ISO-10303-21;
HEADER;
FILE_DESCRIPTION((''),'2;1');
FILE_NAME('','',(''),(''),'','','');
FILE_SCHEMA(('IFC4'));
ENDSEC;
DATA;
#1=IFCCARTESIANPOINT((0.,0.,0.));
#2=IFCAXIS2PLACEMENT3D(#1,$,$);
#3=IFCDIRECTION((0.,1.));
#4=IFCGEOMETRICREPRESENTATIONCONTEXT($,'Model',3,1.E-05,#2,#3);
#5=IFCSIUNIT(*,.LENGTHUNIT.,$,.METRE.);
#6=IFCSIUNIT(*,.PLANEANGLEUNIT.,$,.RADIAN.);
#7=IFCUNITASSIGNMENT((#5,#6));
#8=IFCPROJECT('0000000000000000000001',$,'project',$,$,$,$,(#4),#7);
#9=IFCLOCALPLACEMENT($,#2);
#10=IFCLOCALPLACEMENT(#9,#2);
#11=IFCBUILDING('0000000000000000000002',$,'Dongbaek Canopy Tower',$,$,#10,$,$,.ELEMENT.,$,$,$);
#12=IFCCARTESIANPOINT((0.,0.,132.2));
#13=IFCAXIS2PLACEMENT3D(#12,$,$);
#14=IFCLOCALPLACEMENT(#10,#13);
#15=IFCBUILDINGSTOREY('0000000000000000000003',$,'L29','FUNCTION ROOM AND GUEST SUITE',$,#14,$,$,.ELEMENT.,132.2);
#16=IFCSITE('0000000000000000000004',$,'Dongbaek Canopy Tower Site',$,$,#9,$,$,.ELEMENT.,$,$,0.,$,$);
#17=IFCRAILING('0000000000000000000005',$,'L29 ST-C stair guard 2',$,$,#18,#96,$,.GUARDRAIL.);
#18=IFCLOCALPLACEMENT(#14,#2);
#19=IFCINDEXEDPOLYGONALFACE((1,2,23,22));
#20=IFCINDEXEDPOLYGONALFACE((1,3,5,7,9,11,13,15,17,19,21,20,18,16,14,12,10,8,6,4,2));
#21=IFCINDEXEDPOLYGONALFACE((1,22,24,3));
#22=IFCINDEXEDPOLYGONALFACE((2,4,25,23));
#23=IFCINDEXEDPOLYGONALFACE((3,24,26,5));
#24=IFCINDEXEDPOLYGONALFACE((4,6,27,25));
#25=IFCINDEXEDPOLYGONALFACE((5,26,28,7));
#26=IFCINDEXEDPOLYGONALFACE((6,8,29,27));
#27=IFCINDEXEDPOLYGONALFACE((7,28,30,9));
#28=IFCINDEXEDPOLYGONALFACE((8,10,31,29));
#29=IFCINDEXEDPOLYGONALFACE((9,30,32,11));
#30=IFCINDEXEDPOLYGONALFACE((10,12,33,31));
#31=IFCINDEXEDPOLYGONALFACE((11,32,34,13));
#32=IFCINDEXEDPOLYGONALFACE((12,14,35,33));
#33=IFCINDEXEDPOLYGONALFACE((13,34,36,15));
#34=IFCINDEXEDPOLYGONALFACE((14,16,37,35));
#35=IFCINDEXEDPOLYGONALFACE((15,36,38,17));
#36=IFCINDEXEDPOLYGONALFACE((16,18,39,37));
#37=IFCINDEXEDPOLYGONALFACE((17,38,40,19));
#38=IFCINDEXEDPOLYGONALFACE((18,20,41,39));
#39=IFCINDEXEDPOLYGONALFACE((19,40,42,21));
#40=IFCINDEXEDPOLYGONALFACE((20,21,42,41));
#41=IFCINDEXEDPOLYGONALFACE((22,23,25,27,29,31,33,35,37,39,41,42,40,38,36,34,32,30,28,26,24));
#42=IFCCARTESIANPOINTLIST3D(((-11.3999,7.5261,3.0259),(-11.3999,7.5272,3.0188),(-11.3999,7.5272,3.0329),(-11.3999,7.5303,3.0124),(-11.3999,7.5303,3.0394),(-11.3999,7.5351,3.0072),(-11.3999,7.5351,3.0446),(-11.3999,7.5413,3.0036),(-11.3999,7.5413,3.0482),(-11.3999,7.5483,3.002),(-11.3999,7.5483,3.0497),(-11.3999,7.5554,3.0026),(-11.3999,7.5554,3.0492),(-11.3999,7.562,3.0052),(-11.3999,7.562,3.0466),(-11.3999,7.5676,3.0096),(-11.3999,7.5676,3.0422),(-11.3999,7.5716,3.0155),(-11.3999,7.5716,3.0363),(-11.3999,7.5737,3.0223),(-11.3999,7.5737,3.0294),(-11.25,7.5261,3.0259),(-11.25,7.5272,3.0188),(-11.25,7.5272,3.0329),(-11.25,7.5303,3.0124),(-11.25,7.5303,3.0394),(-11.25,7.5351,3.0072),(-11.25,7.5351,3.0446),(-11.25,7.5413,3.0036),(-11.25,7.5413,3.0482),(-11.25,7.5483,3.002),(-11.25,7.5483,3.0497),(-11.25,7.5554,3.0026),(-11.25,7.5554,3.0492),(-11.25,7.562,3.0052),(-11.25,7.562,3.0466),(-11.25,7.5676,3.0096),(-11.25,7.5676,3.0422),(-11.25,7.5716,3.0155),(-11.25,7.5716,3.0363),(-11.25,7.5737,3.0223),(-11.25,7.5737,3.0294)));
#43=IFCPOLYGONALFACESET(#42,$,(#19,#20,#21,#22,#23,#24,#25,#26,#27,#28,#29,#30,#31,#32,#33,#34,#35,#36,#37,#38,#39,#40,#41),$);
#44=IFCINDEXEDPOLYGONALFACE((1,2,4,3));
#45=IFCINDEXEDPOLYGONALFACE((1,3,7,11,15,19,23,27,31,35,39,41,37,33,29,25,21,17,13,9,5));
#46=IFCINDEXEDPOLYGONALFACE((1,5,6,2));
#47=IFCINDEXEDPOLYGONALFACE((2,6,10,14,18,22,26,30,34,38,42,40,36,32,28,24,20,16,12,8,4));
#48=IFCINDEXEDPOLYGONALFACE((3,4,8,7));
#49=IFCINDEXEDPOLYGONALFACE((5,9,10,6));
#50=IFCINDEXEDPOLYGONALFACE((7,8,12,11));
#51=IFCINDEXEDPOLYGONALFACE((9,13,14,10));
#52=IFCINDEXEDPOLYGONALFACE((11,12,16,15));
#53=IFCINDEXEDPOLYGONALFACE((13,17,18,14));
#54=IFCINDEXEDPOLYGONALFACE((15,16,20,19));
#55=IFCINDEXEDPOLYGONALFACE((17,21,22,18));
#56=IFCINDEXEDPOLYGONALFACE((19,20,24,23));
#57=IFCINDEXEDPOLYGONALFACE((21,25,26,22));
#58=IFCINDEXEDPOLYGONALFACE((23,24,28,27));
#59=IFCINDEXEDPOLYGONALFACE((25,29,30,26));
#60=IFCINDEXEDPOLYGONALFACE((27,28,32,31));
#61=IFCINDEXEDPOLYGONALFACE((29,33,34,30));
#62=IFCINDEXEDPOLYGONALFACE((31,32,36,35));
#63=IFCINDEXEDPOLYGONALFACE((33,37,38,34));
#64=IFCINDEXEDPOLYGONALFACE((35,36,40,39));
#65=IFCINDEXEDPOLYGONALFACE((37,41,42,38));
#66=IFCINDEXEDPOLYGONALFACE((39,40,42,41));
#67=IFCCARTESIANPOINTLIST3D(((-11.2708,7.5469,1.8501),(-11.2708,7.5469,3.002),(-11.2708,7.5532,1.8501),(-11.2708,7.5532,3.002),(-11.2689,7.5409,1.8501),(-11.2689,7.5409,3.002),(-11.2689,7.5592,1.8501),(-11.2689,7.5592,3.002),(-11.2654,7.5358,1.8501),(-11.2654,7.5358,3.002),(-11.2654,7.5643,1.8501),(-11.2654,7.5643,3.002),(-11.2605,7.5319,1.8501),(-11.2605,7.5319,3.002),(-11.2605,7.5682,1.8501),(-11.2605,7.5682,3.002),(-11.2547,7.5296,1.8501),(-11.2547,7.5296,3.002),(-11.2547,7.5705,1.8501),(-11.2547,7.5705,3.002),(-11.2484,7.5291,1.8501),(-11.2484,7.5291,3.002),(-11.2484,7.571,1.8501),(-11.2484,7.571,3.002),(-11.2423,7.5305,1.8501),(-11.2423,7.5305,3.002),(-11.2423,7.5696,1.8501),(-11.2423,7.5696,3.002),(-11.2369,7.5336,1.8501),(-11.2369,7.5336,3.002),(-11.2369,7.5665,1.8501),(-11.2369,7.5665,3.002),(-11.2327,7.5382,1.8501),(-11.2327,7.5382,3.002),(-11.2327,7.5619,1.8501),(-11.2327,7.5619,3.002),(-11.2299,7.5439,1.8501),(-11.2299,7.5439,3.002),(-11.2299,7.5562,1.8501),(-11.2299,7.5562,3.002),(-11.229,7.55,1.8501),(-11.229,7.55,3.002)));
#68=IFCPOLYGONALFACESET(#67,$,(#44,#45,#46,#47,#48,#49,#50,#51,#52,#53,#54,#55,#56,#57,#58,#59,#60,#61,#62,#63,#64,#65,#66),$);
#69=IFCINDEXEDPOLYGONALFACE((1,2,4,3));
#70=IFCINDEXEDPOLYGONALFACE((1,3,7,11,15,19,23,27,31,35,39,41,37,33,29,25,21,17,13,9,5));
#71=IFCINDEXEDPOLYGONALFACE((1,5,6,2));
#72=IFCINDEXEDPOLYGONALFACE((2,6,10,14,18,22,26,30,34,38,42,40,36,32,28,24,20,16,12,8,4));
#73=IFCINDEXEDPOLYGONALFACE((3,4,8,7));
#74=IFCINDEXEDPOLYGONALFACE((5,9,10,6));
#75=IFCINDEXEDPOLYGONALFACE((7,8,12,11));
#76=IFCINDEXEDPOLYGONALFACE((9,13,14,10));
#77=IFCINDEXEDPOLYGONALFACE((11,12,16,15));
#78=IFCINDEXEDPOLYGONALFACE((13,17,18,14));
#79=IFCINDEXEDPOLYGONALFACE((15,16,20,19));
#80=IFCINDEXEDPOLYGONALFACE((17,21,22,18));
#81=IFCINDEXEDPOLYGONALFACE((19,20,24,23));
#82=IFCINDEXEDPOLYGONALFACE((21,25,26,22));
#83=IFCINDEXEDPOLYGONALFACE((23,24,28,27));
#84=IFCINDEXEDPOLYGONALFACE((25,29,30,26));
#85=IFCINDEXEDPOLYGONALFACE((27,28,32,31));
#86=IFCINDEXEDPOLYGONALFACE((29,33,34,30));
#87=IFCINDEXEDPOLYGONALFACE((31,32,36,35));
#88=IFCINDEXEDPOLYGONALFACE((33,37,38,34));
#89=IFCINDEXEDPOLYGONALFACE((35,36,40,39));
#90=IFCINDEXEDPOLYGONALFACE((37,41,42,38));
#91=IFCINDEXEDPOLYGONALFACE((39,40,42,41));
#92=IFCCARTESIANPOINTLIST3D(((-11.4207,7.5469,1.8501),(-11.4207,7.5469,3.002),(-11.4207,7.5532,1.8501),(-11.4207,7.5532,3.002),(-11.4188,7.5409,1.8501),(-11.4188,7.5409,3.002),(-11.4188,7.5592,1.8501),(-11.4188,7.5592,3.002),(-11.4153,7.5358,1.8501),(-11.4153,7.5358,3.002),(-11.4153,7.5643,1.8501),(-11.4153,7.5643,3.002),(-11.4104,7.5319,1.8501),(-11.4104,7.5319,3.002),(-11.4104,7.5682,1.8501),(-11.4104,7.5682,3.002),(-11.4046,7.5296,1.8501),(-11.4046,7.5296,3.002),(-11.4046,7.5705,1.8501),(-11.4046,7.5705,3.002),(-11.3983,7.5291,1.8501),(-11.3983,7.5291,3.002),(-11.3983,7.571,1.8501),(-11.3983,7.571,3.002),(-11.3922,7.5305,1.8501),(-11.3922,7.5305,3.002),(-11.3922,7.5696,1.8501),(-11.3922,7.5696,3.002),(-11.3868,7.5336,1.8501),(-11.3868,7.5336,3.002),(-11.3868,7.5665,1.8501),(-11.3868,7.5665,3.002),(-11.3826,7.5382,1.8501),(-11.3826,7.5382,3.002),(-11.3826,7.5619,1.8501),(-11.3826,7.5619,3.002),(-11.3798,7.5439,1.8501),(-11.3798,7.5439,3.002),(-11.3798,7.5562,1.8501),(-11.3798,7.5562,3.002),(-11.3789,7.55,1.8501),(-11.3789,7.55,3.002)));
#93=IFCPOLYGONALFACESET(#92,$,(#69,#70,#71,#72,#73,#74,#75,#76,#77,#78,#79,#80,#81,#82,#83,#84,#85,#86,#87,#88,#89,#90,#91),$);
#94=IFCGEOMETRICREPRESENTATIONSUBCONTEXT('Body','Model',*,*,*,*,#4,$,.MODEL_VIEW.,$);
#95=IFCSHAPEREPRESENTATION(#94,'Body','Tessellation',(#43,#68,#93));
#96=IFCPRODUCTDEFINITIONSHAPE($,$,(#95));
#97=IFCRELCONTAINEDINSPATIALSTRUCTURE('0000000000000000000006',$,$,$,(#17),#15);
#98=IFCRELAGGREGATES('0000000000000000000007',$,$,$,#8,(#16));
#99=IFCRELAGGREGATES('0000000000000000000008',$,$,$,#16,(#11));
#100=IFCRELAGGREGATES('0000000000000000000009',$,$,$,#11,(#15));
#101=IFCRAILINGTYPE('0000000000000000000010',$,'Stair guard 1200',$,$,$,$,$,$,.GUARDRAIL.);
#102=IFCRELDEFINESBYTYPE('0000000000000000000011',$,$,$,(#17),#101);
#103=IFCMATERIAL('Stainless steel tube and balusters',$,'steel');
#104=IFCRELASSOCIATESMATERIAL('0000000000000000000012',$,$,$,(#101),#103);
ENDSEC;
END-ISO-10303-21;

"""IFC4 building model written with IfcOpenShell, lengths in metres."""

from ifc_helpers import new_model, si_unit, direction, frame, origin, origin_2d, place, context, subcontext, project, spatial, circle, extrude, material, type_object, element, save


model = new_model("IFC4")

# Units and contexts
model_context = context("Model", 3, precision=1e-05, world=origin(), true_north=direction((0.0, 1.0)))
body_context = subcontext(model_context, "Body", "Model", "MODEL_VIEW")
ifc_project = project(units=[si_unit("LENGTHUNIT", "METRE"), si_unit("PLANEANGLEUNIT", "RADIAN")], contexts=[model_context])

# Site, building, storey
site_placement = place(None, origin())
site = spatial("IfcSite", under=ifc_project, at=site_placement, Name="Dongbaek Canopy Tower Site", CompositionType="ELEMENT", RefElevation=0.0)
building_placement = place(site_placement, origin())
building = spatial("IfcBuilding", under=site, at=building_placement, Name="Dongbaek Canopy Tower", CompositionType="ELEMENT")
storey_placement = place(building_placement, frame((0.0, 0.0, 132.2)))
storey = spatial("IfcBuildingStorey", under=building, at=storey_placement, Name="L29", Description="FUNCTION ROOM AND GUEST SUITE", CompositionType="ELEMENT", Elevation=132.2)

# Railing
ifc_material_1 = material(Name="Stainless steel tube and balusters", Category="steel")
railing_type_1 = type_object("IfcRailingType", Name="Stair guard 1200", PredefinedType="GUARDRAIL", material=ifc_material_1)
railing_1_placement = place(storey_placement, frame((-11.25, 7.55, 1.8501)))
element("IfcRailing", 1, at=railing_1_placement, inside=storey, type_object=railing_type_1, Name="L29 ST-C stair guard 2", PredefinedType="GUARDRAIL", context=body_context, shape_type="SweptSolid", body=[
    extrude(circle(Radius=0.0239, at=origin_2d()), frame((0.0, 0.0, 1.1758), z_axis=(-1.0, 0.0, 0.0), x_axis=(0.0, -1.0, 0.0)), (0.0, 0.0, 1.0), 0.1499),
    extrude(circle(Radius=0.021, at=origin_2d()), origin(), (0.0, 0.0, 1.0), 1.1519),
    extrude(circle(Radius=0.021, at=origin_2d()), frame((-0.1499, 0.0, 0.0)), (0.0, 0.0, 1.0), 1.1519),
])

save(model, "model.ifc")
